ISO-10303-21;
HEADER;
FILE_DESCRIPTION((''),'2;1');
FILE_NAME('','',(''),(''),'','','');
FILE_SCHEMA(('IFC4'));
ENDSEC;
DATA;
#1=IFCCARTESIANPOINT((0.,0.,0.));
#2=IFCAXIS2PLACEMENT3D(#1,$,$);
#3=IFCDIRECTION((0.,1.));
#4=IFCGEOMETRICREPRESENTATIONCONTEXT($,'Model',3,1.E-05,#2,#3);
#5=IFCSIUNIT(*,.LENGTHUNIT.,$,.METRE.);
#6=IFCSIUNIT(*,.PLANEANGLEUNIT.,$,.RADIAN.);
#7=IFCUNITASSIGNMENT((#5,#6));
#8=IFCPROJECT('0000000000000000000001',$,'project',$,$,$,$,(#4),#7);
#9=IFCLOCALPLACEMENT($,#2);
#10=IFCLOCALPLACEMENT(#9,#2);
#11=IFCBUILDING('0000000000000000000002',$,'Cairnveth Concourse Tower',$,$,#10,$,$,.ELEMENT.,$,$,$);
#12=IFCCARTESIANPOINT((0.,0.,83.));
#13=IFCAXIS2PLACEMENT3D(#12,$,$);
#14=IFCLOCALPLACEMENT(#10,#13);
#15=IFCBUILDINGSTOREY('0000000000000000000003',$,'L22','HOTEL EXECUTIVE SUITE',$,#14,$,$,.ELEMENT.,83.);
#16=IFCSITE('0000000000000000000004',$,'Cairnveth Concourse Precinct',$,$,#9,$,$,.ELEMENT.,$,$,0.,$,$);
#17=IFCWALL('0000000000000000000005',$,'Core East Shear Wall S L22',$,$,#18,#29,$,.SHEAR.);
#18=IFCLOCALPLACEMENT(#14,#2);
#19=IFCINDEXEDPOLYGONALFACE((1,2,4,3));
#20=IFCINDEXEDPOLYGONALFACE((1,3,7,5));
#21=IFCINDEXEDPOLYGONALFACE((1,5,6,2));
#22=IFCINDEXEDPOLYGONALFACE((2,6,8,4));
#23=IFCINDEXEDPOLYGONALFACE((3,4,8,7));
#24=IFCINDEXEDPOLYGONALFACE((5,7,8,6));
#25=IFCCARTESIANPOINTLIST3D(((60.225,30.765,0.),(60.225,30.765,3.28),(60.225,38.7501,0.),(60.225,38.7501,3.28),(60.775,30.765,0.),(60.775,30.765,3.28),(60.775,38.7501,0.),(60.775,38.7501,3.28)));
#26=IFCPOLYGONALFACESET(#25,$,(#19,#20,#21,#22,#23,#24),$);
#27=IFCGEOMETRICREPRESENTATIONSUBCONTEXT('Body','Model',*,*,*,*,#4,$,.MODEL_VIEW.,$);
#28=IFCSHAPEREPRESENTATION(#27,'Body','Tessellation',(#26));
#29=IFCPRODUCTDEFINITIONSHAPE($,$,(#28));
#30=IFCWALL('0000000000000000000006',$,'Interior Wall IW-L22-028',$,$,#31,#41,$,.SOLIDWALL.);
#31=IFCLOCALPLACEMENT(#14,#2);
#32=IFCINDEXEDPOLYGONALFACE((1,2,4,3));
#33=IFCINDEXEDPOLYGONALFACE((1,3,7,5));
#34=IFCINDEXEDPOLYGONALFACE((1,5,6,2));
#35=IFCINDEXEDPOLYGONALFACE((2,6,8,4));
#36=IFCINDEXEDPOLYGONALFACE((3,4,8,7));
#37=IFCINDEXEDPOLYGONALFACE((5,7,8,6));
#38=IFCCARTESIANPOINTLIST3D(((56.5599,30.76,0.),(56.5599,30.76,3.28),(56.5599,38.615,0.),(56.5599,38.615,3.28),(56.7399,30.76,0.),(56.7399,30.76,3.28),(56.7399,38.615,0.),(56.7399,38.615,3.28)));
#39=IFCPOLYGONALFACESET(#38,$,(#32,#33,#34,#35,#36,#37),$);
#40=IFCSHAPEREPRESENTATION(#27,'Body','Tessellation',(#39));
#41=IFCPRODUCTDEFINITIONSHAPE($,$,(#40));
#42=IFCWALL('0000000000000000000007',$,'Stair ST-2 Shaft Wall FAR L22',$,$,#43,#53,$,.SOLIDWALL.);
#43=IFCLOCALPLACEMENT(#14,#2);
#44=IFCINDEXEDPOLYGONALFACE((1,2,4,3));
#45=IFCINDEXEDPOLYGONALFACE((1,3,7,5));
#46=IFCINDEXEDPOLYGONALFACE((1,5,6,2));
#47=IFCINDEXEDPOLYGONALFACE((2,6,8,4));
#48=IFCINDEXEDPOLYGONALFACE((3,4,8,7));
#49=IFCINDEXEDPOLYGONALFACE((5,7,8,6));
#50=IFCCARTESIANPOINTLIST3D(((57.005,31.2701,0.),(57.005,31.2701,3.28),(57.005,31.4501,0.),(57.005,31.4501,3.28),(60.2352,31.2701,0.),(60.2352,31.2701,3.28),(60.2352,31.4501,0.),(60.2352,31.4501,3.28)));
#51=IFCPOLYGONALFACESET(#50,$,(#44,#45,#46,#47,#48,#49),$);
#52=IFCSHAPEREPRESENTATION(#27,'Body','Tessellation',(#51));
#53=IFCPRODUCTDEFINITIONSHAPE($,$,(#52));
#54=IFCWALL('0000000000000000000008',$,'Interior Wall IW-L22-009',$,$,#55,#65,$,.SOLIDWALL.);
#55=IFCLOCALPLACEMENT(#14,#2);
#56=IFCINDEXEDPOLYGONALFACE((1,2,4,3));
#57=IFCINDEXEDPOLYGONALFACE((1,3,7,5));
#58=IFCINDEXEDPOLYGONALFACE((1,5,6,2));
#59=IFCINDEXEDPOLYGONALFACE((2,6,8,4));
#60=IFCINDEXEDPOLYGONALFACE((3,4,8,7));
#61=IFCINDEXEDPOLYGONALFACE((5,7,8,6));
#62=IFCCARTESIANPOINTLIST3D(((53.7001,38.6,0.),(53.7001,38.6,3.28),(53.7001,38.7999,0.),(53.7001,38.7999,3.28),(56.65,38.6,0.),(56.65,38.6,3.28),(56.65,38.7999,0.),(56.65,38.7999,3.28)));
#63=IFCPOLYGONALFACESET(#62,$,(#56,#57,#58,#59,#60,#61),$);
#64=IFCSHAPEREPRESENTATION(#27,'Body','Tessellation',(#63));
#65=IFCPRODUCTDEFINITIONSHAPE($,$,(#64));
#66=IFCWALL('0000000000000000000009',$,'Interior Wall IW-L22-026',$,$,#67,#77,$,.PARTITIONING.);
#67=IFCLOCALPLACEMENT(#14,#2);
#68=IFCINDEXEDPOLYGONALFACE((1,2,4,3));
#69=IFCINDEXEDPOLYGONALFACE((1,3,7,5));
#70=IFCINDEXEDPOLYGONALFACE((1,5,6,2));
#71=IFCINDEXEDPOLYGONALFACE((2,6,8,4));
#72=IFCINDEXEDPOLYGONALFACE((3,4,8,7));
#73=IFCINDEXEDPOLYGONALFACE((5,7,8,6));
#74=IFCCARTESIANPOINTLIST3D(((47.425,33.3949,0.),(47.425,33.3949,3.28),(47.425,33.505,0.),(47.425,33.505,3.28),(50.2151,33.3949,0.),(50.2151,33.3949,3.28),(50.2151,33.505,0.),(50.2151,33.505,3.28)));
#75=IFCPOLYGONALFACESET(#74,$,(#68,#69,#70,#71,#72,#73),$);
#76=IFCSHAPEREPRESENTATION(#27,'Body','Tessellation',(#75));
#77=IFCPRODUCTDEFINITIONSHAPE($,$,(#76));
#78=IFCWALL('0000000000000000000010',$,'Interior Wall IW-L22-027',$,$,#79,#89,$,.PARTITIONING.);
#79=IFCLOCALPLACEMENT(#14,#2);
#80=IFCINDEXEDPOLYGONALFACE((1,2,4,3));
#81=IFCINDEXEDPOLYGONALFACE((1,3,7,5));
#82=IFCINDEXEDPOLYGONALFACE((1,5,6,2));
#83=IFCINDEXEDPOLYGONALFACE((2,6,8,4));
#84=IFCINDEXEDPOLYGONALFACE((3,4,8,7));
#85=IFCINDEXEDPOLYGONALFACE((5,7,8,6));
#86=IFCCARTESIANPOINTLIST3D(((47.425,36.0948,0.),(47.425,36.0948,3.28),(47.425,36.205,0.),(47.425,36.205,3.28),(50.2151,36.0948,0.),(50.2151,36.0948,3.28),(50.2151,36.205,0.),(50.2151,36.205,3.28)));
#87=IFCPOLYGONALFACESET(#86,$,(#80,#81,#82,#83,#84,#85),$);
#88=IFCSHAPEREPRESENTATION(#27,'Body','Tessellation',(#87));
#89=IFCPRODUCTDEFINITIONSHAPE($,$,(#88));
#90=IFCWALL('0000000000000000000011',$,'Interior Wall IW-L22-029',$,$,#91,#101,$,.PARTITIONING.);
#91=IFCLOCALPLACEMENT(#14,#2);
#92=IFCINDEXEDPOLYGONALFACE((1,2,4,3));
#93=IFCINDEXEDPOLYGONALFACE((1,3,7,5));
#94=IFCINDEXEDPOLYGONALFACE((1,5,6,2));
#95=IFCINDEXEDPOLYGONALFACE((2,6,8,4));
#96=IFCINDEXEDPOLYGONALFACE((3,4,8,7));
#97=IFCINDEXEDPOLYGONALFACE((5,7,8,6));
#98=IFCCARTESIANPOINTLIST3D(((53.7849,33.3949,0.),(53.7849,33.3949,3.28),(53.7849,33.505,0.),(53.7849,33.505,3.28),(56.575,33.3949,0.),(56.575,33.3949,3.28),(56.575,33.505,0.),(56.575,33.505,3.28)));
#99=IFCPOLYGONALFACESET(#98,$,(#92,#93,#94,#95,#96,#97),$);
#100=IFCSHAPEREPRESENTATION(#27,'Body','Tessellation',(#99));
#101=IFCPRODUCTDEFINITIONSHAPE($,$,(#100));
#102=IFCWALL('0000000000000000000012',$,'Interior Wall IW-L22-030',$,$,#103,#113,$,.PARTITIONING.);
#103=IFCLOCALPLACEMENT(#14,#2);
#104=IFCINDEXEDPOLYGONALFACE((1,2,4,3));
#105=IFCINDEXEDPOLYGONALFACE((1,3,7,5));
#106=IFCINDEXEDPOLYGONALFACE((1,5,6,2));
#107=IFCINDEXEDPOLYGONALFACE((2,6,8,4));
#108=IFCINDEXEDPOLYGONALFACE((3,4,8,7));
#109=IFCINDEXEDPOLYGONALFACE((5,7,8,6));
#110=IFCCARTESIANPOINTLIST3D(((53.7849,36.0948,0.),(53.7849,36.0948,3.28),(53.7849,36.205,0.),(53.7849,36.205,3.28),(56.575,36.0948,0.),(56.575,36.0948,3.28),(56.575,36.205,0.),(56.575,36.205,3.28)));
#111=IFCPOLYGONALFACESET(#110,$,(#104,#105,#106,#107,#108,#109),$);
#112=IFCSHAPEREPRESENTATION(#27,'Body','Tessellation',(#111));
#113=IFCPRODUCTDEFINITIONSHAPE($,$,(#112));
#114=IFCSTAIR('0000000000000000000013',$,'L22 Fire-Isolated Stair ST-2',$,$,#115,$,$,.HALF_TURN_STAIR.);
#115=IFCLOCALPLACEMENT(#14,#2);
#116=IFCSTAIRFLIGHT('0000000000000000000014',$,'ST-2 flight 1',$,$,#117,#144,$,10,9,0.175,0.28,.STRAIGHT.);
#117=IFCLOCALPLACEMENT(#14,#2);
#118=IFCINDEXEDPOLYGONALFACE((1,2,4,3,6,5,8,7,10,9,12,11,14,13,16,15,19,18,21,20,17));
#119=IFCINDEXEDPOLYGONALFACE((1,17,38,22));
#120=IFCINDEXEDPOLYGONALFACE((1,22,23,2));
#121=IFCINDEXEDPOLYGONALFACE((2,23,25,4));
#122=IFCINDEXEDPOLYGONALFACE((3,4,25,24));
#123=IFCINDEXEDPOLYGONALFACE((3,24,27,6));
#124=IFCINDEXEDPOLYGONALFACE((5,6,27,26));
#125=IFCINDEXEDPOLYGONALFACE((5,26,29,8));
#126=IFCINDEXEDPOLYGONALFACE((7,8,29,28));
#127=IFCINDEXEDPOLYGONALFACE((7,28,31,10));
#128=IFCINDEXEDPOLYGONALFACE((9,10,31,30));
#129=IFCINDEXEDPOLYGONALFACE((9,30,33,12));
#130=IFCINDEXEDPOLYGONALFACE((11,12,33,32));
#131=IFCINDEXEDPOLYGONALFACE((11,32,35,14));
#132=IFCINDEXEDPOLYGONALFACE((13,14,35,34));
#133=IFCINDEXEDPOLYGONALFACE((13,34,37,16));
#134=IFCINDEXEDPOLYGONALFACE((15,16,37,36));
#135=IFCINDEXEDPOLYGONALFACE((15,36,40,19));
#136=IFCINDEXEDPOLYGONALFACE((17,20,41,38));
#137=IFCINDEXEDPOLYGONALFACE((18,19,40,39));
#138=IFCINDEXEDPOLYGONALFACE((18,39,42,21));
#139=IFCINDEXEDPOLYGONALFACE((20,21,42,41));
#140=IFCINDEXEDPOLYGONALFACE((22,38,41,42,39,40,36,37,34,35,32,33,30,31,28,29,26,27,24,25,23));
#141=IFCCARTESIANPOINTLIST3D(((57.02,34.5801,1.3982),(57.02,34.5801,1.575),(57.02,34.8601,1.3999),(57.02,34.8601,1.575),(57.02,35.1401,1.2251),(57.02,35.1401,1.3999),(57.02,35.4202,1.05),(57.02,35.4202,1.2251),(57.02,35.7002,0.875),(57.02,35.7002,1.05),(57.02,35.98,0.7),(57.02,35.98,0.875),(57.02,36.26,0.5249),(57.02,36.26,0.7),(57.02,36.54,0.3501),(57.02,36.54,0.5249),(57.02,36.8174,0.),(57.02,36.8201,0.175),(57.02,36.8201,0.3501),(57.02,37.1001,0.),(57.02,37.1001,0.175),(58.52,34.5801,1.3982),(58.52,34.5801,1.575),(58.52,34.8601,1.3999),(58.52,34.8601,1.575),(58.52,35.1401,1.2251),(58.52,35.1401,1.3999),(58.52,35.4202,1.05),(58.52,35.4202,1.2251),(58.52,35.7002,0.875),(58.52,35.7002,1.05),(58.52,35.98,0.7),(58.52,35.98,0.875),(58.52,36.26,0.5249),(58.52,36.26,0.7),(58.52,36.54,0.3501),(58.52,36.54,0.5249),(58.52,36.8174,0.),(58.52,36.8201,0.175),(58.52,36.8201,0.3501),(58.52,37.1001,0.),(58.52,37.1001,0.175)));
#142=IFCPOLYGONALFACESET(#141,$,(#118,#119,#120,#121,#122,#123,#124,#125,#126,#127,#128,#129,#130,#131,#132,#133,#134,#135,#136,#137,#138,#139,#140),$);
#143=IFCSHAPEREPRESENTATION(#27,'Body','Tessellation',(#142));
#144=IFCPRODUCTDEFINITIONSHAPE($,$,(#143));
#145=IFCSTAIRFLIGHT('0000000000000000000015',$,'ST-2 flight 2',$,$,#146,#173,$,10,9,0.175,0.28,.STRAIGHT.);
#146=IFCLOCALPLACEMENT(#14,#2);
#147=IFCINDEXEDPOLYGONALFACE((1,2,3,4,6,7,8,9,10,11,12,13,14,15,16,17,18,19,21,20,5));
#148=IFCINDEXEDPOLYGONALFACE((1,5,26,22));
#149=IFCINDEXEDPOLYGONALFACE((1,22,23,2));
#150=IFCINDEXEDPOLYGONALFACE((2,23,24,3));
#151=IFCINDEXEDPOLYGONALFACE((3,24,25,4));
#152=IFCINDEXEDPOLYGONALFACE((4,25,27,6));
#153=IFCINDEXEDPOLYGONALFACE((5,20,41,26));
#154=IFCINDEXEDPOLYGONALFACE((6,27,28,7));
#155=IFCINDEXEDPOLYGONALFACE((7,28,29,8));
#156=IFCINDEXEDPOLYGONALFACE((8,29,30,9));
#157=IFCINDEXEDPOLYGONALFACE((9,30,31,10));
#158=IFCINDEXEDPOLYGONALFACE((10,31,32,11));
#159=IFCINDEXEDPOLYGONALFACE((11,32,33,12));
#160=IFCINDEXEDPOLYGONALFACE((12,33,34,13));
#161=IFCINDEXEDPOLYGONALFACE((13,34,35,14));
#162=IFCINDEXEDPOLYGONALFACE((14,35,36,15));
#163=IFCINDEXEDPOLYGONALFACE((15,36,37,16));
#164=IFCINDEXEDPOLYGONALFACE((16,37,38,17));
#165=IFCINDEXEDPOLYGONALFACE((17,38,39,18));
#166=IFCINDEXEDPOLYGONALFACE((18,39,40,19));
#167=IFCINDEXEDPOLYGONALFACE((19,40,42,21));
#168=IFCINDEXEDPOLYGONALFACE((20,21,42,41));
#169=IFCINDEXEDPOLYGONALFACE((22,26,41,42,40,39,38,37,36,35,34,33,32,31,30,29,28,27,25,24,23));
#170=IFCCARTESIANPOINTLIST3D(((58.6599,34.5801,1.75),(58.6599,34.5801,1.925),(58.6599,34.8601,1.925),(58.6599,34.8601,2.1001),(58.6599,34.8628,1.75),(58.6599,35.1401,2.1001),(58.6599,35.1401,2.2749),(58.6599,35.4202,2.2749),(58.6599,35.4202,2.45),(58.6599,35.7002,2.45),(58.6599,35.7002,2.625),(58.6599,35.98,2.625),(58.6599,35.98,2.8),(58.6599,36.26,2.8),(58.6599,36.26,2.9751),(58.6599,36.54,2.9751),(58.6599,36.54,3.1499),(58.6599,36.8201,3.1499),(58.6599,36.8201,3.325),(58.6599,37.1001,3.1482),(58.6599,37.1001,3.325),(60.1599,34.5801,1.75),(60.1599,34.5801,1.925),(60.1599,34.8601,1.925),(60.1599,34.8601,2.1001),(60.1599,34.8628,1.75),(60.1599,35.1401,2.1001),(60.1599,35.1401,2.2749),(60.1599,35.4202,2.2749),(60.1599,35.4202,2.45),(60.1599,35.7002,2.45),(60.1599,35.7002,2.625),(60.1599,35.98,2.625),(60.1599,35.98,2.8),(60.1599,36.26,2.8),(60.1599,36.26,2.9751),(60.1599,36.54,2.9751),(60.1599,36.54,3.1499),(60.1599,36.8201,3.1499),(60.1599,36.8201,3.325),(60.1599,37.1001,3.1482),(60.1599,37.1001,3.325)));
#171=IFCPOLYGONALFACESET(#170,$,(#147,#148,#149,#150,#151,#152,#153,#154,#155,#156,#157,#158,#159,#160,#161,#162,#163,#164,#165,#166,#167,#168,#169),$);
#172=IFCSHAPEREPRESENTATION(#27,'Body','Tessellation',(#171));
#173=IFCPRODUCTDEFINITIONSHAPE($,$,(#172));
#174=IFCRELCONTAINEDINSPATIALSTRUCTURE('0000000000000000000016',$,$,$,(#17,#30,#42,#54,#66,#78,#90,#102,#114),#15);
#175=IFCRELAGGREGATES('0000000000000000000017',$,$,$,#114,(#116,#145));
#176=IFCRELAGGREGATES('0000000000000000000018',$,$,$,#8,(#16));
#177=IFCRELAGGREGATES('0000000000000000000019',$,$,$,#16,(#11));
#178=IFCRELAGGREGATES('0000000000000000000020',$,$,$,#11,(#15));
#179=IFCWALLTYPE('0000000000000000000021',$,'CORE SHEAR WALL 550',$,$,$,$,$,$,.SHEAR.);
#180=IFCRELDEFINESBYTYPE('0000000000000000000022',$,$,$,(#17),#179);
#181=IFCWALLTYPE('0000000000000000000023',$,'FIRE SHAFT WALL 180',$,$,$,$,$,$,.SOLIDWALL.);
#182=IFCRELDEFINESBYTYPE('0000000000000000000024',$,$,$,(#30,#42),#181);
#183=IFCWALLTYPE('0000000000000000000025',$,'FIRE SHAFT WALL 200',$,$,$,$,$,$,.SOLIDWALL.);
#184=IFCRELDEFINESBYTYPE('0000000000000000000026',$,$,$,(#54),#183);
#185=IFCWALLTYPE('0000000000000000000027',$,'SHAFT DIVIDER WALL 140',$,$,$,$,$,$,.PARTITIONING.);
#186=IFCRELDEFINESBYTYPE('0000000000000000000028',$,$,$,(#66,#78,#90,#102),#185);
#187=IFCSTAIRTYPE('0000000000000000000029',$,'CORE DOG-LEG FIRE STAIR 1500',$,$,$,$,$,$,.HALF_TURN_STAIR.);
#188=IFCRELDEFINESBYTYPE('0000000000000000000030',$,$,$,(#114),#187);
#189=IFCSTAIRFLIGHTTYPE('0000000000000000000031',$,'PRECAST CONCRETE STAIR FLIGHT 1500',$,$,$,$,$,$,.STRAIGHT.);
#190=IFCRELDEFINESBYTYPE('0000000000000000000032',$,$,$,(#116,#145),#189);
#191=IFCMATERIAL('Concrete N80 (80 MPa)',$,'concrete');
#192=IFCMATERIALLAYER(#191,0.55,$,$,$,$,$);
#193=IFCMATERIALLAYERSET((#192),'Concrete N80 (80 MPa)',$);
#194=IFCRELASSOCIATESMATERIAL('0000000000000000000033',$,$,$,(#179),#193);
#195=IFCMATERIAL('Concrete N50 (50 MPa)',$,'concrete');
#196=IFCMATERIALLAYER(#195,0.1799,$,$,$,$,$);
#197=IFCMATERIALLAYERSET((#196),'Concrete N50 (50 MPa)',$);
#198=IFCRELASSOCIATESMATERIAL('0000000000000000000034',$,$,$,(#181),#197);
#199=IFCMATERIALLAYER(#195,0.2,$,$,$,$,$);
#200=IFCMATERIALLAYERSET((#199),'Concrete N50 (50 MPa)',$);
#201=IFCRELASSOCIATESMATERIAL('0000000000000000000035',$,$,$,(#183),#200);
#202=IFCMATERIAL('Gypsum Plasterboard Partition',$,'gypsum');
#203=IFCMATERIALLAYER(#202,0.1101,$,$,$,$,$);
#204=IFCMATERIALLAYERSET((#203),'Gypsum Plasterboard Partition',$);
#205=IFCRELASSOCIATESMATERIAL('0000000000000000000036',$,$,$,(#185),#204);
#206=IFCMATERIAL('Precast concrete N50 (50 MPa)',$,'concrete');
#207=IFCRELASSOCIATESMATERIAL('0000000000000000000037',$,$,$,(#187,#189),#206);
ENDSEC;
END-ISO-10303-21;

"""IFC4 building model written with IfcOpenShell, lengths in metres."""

from ifc_helpers import new_model, si_unit, direction, frame, frame_2d, origin, place, context, subcontext, project, spatial, polyline, rectangle, outline, extrude, material, layer, layer_set, type_object, element, aggregate, save


model = new_model("IFC4")

# Units and contexts
model_context = context("Model", 3, precision=1e-05, world=origin(), true_north=direction((0.0, 1.0)))
body_context = subcontext(model_context, "Body", "Model", "MODEL_VIEW")
ifc_project = project(units=[si_unit("LENGTHUNIT", "METRE"), si_unit("PLANEANGLEUNIT", "RADIAN")], contexts=[model_context])

# Site, building, storey
site_placement = place(None, origin())
site = spatial("IfcSite", under=ifc_project, at=site_placement, Name="Cairnveth Concourse Precinct", CompositionType="ELEMENT", RefElevation=0.0)
building_placement = place(site_placement, origin())
building = spatial("IfcBuilding", under=site, at=building_placement, Name="Cairnveth Concourse Tower", CompositionType="ELEMENT")
storey_placement = place(building_placement, frame((0.0, 0.0, 83.0)))
storey = spatial("IfcBuildingStorey", under=building, at=storey_placement, Name="L22", Description="HOTEL EXECUTIVE SUITE", CompositionType="ELEMENT", Elevation=83.0)

# Walls
ifc_material_1 = material(Name="Concrete N80 (80 MPa)", Category="concrete")
ifc_layer_1 = layer(ifc_material_1, 0.55)
ifc_layer_set_1 = layer_set([ifc_layer_1], Name="Concrete N80 (80 MPa)")
wall_type_1 = type_object("IfcWallType", Name="CORE SHEAR WALL 550", PredefinedType="SHEAR", material=ifc_layer_set_1)
wall_1_placement = place(storey_placement, frame((60.5, 30.7649, 0.0), z_axis=(0.0, 0.0, 1.0), x_axis=(0.0, 1.0, 0.0)))
element("IfcWall", 1, at=wall_1_placement, inside=storey, type_object=wall_type_1, Name="Core East Shear Wall S L22", PredefinedType="SHEAR", context=body_context, shape_type="SweptSolid", body=[
    extrude(rectangle(XDim=7.9851, YDim=0.55, at=frame_2d((3.9927, 0.0))), origin(), (0.0, 0.0, 1.0), 3.28),
])
ifc_material_2 = material(Name="Concrete N50 (50 MPa)", Category="concrete")
ifc_layer_2 = layer(ifc_material_2, 0.1799)
ifc_layer_set_2 = layer_set([ifc_layer_2], Name="Concrete N50 (50 MPa)")
wall_type_2 = type_object("IfcWallType", Name="FIRE SHAFT WALL 180", PredefinedType="SOLIDWALL", material=ifc_layer_set_2)
wall_2_placement = place(storey_placement, frame((56.6499, 30.76, 0.0), z_axis=(0.0, 0.0, 1.0), x_axis=(0.0, 1.0, 0.0)))
element("IfcWall", 2, at=wall_2_placement, inside=storey, type_object=wall_type_2, Name="Interior Wall IW-L22-028", PredefinedType="SOLIDWALL", context=body_context, shape_type="SweptSolid", body=[
    extrude(rectangle(XDim=7.855, YDim=0.1799, at=frame_2d((3.9275, 0.0))), origin(), (0.0, 0.0, 1.0), 3.28),
])

# Walls
wall_3_placement = place(storey_placement, frame((57.0049, 31.3601, 0.0), z_axis=(0.0, 0.0, 1.0), x_axis=(1.0, 0.0, 0.0)))
element("IfcWall", 3, at=wall_3_placement, inside=storey, type_object=wall_type_2, Name="Stair ST-2 Shaft Wall FAR L22", PredefinedType="SOLIDWALL", context=body_context, shape_type="SweptSolid", body=[
    extrude(rectangle(XDim=3.2302, YDim=0.1799, at=frame_2d((1.6152, 0.0))), origin(), (0.0, 0.0, 1.0), 3.28),
])
ifc_layer_3 = layer(ifc_material_2, 0.2)
ifc_layer_set_3 = layer_set([ifc_layer_3], Name="Concrete N50 (50 MPa)")
wall_type_3 = type_object("IfcWallType", Name="FIRE SHAFT WALL 200", PredefinedType="SOLIDWALL", material=ifc_layer_set_3)
wall_4_placement = place(storey_placement, frame((53.7, 38.7, 0.0), z_axis=(0.0, 0.0, 1.0), x_axis=(1.0, 0.0, 0.0)))
element("IfcWall", 4, at=wall_4_placement, inside=storey, type_object=wall_type_3, Name="Interior Wall IW-L22-009", PredefinedType="SOLIDWALL", context=body_context, shape_type="SweptSolid", body=[
    extrude(rectangle(XDim=2.95, YDim=0.2, at=frame_2d((1.4751, 0.0))), origin(), (0.0, 0.0, 1.0), 3.28),
])
ifc_material_3 = material(Name="Gypsum Plasterboard Partition", Category="gypsum")
ifc_layer_4 = layer(ifc_material_3, 0.1101)
ifc_layer_set_4 = layer_set([ifc_layer_4], Name="Gypsum Plasterboard Partition")
wall_type_4 = type_object("IfcWallType", Name="SHAFT DIVIDER WALL 140", PredefinedType="PARTITIONING", material=ifc_layer_set_4)
for number, where, z_axis, x_axis, name in (
    (5, (47.425, 33.45, 0.0), (0.0, 0.0, 1.0), (1.0, 0.0, 0.0), "Interior Wall IW-L22-026"),
    (6, (47.425, 36.1499, 0.0), (0.0, 0.0, 1.0), (1.0, 0.0, 0.0), "Interior Wall IW-L22-027"),
    (7, (53.7849, 33.45, 0.0), (0.0, 0.0, 1.0), (1.0, 0.0, 0.0), "Interior Wall IW-L22-029"),
    (8, (53.7849, 36.1499, 0.0), (0.0, 0.0, 1.0), (1.0, 0.0, 0.0), "Interior Wall IW-L22-030"),
):
    element("IfcWall", number, at=place(storey_placement, frame(where, z_axis=z_axis, x_axis=x_axis)), inside=storey, type_object=wall_type_4, Name=name, PredefinedType="PARTITIONING", context=body_context, shape_type="SweptSolid", body=[
        extrude(rectangle(XDim=2.79, YDim=0.1101, at=frame_2d((1.395, 0.0))), origin(), (0.0, 0.0, 1.0), 3.28),
    ])

# Stair, stair flights
ifc_material_4 = material(Name="Precast concrete N50 (50 MPa)", Category="concrete")
stair_type = type_object("IfcStairType", Name="CORE DOG-LEG FIRE STAIR 1500", PredefinedType="HALF_TURN_STAIR", material=ifc_material_4)
stair_placement = place(storey_placement, origin())
stair = element("IfcStair", 9, at=stair_placement, inside=storey, type_object=stair_type, Name="L22 Fire-Isolated Stair ST-2", PredefinedType="HALF_TURN_STAIR")
stair_flight_type = type_object("IfcStairFlightType", Name="PRECAST CONCRETE STAIR FLIGHT 1500", PredefinedType="STRAIGHT", material=ifc_material_4)
stair_flight_1_placement = place(storey_placement, frame((57.77, 37.1001, 0.0), z_axis=(0.0, 0.0, 1.0), x_axis=(0.0, -1.0, 0.0)))
stair_flight_1 = element("IfcStairFlight", 10, at=stair_flight_1_placement, type_object=stair_flight_type, Name="ST-2 flight 1", NumberOfRisers=10, NumberOfTreads=9, PredefinedType="STRAIGHT", RiserHeight=0.175, TreadLength=0.28, context=body_context, shape_type="SweptSolid", body=[
    extrude(outline(polyline([(0.0, 0.0), (0.0, 0.175), (0.28, 0.175), (0.28, 0.3501), (0.5601, 0.3501), (0.5601, 0.5249), (0.8401, 0.5249), (0.8401, 0.7), (1.1201, 0.7), (1.1201, 0.875), (1.3999, 0.875), (1.3999, 1.05), (1.6799, 1.05), (1.6799, 1.2251), (1.96, 1.2251), (1.96, 1.3999), (2.24, 1.3999), (2.24, 1.575), (2.52, 1.575), (2.52, 1.75), (2.52, 1.3982), (0.2827, 0.0), (0.0, 0.0)])), frame((0.0, 0.75, 0.0), z_axis=(0.0, -1.0, 0.0), x_axis=(1.0, 0.0, 0.0)), (0.0, 0.0, 1.0), 1.5),
])
stair_flight_2_placement = place(storey_placement, frame((59.4099, 34.5801, 1.75), z_axis=(0.0, 0.0, 1.0), x_axis=(0.0, 1.0, 0.0)))
stair_flight_2 = element("IfcStairFlight", 11, at=stair_flight_2_placement, type_object=stair_flight_type, Name="ST-2 flight 2", NumberOfRisers=10, NumberOfTreads=9, PredefinedType="STRAIGHT", RiserHeight=0.175, TreadLength=0.28, context=body_context, shape_type="SweptSolid", body=[
    extrude(outline(polyline([(0.0, 0.0), (0.0, 0.175), (0.28, 0.175), (0.28, 0.3501), (0.5601, 0.3501), (0.5601, 0.5249), (0.8401, 0.5249), (0.8401, 0.7), (1.1201, 0.7), (1.1201, 0.875), (1.3999, 0.875), (1.3999, 1.05), (1.6799, 1.05), (1.6799, 1.2251), (1.96, 1.2251), (1.96, 1.3999), (2.24, 1.3999), (2.24, 1.575), (2.52, 1.575), (2.52, 1.75), (2.52, 1.3982), (0.2827, 0.0), (0.0, 0.0)])), frame((0.0, 0.75, 0.0), z_axis=(0.0, -1.0, 0.0), x_axis=(1.0, 0.0, 0.0)), (0.0, 0.0, 1.0), 1.5),
])
aggregate(stair, [stair_flight_1, stair_flight_2])

save(model, "model.ifc")
